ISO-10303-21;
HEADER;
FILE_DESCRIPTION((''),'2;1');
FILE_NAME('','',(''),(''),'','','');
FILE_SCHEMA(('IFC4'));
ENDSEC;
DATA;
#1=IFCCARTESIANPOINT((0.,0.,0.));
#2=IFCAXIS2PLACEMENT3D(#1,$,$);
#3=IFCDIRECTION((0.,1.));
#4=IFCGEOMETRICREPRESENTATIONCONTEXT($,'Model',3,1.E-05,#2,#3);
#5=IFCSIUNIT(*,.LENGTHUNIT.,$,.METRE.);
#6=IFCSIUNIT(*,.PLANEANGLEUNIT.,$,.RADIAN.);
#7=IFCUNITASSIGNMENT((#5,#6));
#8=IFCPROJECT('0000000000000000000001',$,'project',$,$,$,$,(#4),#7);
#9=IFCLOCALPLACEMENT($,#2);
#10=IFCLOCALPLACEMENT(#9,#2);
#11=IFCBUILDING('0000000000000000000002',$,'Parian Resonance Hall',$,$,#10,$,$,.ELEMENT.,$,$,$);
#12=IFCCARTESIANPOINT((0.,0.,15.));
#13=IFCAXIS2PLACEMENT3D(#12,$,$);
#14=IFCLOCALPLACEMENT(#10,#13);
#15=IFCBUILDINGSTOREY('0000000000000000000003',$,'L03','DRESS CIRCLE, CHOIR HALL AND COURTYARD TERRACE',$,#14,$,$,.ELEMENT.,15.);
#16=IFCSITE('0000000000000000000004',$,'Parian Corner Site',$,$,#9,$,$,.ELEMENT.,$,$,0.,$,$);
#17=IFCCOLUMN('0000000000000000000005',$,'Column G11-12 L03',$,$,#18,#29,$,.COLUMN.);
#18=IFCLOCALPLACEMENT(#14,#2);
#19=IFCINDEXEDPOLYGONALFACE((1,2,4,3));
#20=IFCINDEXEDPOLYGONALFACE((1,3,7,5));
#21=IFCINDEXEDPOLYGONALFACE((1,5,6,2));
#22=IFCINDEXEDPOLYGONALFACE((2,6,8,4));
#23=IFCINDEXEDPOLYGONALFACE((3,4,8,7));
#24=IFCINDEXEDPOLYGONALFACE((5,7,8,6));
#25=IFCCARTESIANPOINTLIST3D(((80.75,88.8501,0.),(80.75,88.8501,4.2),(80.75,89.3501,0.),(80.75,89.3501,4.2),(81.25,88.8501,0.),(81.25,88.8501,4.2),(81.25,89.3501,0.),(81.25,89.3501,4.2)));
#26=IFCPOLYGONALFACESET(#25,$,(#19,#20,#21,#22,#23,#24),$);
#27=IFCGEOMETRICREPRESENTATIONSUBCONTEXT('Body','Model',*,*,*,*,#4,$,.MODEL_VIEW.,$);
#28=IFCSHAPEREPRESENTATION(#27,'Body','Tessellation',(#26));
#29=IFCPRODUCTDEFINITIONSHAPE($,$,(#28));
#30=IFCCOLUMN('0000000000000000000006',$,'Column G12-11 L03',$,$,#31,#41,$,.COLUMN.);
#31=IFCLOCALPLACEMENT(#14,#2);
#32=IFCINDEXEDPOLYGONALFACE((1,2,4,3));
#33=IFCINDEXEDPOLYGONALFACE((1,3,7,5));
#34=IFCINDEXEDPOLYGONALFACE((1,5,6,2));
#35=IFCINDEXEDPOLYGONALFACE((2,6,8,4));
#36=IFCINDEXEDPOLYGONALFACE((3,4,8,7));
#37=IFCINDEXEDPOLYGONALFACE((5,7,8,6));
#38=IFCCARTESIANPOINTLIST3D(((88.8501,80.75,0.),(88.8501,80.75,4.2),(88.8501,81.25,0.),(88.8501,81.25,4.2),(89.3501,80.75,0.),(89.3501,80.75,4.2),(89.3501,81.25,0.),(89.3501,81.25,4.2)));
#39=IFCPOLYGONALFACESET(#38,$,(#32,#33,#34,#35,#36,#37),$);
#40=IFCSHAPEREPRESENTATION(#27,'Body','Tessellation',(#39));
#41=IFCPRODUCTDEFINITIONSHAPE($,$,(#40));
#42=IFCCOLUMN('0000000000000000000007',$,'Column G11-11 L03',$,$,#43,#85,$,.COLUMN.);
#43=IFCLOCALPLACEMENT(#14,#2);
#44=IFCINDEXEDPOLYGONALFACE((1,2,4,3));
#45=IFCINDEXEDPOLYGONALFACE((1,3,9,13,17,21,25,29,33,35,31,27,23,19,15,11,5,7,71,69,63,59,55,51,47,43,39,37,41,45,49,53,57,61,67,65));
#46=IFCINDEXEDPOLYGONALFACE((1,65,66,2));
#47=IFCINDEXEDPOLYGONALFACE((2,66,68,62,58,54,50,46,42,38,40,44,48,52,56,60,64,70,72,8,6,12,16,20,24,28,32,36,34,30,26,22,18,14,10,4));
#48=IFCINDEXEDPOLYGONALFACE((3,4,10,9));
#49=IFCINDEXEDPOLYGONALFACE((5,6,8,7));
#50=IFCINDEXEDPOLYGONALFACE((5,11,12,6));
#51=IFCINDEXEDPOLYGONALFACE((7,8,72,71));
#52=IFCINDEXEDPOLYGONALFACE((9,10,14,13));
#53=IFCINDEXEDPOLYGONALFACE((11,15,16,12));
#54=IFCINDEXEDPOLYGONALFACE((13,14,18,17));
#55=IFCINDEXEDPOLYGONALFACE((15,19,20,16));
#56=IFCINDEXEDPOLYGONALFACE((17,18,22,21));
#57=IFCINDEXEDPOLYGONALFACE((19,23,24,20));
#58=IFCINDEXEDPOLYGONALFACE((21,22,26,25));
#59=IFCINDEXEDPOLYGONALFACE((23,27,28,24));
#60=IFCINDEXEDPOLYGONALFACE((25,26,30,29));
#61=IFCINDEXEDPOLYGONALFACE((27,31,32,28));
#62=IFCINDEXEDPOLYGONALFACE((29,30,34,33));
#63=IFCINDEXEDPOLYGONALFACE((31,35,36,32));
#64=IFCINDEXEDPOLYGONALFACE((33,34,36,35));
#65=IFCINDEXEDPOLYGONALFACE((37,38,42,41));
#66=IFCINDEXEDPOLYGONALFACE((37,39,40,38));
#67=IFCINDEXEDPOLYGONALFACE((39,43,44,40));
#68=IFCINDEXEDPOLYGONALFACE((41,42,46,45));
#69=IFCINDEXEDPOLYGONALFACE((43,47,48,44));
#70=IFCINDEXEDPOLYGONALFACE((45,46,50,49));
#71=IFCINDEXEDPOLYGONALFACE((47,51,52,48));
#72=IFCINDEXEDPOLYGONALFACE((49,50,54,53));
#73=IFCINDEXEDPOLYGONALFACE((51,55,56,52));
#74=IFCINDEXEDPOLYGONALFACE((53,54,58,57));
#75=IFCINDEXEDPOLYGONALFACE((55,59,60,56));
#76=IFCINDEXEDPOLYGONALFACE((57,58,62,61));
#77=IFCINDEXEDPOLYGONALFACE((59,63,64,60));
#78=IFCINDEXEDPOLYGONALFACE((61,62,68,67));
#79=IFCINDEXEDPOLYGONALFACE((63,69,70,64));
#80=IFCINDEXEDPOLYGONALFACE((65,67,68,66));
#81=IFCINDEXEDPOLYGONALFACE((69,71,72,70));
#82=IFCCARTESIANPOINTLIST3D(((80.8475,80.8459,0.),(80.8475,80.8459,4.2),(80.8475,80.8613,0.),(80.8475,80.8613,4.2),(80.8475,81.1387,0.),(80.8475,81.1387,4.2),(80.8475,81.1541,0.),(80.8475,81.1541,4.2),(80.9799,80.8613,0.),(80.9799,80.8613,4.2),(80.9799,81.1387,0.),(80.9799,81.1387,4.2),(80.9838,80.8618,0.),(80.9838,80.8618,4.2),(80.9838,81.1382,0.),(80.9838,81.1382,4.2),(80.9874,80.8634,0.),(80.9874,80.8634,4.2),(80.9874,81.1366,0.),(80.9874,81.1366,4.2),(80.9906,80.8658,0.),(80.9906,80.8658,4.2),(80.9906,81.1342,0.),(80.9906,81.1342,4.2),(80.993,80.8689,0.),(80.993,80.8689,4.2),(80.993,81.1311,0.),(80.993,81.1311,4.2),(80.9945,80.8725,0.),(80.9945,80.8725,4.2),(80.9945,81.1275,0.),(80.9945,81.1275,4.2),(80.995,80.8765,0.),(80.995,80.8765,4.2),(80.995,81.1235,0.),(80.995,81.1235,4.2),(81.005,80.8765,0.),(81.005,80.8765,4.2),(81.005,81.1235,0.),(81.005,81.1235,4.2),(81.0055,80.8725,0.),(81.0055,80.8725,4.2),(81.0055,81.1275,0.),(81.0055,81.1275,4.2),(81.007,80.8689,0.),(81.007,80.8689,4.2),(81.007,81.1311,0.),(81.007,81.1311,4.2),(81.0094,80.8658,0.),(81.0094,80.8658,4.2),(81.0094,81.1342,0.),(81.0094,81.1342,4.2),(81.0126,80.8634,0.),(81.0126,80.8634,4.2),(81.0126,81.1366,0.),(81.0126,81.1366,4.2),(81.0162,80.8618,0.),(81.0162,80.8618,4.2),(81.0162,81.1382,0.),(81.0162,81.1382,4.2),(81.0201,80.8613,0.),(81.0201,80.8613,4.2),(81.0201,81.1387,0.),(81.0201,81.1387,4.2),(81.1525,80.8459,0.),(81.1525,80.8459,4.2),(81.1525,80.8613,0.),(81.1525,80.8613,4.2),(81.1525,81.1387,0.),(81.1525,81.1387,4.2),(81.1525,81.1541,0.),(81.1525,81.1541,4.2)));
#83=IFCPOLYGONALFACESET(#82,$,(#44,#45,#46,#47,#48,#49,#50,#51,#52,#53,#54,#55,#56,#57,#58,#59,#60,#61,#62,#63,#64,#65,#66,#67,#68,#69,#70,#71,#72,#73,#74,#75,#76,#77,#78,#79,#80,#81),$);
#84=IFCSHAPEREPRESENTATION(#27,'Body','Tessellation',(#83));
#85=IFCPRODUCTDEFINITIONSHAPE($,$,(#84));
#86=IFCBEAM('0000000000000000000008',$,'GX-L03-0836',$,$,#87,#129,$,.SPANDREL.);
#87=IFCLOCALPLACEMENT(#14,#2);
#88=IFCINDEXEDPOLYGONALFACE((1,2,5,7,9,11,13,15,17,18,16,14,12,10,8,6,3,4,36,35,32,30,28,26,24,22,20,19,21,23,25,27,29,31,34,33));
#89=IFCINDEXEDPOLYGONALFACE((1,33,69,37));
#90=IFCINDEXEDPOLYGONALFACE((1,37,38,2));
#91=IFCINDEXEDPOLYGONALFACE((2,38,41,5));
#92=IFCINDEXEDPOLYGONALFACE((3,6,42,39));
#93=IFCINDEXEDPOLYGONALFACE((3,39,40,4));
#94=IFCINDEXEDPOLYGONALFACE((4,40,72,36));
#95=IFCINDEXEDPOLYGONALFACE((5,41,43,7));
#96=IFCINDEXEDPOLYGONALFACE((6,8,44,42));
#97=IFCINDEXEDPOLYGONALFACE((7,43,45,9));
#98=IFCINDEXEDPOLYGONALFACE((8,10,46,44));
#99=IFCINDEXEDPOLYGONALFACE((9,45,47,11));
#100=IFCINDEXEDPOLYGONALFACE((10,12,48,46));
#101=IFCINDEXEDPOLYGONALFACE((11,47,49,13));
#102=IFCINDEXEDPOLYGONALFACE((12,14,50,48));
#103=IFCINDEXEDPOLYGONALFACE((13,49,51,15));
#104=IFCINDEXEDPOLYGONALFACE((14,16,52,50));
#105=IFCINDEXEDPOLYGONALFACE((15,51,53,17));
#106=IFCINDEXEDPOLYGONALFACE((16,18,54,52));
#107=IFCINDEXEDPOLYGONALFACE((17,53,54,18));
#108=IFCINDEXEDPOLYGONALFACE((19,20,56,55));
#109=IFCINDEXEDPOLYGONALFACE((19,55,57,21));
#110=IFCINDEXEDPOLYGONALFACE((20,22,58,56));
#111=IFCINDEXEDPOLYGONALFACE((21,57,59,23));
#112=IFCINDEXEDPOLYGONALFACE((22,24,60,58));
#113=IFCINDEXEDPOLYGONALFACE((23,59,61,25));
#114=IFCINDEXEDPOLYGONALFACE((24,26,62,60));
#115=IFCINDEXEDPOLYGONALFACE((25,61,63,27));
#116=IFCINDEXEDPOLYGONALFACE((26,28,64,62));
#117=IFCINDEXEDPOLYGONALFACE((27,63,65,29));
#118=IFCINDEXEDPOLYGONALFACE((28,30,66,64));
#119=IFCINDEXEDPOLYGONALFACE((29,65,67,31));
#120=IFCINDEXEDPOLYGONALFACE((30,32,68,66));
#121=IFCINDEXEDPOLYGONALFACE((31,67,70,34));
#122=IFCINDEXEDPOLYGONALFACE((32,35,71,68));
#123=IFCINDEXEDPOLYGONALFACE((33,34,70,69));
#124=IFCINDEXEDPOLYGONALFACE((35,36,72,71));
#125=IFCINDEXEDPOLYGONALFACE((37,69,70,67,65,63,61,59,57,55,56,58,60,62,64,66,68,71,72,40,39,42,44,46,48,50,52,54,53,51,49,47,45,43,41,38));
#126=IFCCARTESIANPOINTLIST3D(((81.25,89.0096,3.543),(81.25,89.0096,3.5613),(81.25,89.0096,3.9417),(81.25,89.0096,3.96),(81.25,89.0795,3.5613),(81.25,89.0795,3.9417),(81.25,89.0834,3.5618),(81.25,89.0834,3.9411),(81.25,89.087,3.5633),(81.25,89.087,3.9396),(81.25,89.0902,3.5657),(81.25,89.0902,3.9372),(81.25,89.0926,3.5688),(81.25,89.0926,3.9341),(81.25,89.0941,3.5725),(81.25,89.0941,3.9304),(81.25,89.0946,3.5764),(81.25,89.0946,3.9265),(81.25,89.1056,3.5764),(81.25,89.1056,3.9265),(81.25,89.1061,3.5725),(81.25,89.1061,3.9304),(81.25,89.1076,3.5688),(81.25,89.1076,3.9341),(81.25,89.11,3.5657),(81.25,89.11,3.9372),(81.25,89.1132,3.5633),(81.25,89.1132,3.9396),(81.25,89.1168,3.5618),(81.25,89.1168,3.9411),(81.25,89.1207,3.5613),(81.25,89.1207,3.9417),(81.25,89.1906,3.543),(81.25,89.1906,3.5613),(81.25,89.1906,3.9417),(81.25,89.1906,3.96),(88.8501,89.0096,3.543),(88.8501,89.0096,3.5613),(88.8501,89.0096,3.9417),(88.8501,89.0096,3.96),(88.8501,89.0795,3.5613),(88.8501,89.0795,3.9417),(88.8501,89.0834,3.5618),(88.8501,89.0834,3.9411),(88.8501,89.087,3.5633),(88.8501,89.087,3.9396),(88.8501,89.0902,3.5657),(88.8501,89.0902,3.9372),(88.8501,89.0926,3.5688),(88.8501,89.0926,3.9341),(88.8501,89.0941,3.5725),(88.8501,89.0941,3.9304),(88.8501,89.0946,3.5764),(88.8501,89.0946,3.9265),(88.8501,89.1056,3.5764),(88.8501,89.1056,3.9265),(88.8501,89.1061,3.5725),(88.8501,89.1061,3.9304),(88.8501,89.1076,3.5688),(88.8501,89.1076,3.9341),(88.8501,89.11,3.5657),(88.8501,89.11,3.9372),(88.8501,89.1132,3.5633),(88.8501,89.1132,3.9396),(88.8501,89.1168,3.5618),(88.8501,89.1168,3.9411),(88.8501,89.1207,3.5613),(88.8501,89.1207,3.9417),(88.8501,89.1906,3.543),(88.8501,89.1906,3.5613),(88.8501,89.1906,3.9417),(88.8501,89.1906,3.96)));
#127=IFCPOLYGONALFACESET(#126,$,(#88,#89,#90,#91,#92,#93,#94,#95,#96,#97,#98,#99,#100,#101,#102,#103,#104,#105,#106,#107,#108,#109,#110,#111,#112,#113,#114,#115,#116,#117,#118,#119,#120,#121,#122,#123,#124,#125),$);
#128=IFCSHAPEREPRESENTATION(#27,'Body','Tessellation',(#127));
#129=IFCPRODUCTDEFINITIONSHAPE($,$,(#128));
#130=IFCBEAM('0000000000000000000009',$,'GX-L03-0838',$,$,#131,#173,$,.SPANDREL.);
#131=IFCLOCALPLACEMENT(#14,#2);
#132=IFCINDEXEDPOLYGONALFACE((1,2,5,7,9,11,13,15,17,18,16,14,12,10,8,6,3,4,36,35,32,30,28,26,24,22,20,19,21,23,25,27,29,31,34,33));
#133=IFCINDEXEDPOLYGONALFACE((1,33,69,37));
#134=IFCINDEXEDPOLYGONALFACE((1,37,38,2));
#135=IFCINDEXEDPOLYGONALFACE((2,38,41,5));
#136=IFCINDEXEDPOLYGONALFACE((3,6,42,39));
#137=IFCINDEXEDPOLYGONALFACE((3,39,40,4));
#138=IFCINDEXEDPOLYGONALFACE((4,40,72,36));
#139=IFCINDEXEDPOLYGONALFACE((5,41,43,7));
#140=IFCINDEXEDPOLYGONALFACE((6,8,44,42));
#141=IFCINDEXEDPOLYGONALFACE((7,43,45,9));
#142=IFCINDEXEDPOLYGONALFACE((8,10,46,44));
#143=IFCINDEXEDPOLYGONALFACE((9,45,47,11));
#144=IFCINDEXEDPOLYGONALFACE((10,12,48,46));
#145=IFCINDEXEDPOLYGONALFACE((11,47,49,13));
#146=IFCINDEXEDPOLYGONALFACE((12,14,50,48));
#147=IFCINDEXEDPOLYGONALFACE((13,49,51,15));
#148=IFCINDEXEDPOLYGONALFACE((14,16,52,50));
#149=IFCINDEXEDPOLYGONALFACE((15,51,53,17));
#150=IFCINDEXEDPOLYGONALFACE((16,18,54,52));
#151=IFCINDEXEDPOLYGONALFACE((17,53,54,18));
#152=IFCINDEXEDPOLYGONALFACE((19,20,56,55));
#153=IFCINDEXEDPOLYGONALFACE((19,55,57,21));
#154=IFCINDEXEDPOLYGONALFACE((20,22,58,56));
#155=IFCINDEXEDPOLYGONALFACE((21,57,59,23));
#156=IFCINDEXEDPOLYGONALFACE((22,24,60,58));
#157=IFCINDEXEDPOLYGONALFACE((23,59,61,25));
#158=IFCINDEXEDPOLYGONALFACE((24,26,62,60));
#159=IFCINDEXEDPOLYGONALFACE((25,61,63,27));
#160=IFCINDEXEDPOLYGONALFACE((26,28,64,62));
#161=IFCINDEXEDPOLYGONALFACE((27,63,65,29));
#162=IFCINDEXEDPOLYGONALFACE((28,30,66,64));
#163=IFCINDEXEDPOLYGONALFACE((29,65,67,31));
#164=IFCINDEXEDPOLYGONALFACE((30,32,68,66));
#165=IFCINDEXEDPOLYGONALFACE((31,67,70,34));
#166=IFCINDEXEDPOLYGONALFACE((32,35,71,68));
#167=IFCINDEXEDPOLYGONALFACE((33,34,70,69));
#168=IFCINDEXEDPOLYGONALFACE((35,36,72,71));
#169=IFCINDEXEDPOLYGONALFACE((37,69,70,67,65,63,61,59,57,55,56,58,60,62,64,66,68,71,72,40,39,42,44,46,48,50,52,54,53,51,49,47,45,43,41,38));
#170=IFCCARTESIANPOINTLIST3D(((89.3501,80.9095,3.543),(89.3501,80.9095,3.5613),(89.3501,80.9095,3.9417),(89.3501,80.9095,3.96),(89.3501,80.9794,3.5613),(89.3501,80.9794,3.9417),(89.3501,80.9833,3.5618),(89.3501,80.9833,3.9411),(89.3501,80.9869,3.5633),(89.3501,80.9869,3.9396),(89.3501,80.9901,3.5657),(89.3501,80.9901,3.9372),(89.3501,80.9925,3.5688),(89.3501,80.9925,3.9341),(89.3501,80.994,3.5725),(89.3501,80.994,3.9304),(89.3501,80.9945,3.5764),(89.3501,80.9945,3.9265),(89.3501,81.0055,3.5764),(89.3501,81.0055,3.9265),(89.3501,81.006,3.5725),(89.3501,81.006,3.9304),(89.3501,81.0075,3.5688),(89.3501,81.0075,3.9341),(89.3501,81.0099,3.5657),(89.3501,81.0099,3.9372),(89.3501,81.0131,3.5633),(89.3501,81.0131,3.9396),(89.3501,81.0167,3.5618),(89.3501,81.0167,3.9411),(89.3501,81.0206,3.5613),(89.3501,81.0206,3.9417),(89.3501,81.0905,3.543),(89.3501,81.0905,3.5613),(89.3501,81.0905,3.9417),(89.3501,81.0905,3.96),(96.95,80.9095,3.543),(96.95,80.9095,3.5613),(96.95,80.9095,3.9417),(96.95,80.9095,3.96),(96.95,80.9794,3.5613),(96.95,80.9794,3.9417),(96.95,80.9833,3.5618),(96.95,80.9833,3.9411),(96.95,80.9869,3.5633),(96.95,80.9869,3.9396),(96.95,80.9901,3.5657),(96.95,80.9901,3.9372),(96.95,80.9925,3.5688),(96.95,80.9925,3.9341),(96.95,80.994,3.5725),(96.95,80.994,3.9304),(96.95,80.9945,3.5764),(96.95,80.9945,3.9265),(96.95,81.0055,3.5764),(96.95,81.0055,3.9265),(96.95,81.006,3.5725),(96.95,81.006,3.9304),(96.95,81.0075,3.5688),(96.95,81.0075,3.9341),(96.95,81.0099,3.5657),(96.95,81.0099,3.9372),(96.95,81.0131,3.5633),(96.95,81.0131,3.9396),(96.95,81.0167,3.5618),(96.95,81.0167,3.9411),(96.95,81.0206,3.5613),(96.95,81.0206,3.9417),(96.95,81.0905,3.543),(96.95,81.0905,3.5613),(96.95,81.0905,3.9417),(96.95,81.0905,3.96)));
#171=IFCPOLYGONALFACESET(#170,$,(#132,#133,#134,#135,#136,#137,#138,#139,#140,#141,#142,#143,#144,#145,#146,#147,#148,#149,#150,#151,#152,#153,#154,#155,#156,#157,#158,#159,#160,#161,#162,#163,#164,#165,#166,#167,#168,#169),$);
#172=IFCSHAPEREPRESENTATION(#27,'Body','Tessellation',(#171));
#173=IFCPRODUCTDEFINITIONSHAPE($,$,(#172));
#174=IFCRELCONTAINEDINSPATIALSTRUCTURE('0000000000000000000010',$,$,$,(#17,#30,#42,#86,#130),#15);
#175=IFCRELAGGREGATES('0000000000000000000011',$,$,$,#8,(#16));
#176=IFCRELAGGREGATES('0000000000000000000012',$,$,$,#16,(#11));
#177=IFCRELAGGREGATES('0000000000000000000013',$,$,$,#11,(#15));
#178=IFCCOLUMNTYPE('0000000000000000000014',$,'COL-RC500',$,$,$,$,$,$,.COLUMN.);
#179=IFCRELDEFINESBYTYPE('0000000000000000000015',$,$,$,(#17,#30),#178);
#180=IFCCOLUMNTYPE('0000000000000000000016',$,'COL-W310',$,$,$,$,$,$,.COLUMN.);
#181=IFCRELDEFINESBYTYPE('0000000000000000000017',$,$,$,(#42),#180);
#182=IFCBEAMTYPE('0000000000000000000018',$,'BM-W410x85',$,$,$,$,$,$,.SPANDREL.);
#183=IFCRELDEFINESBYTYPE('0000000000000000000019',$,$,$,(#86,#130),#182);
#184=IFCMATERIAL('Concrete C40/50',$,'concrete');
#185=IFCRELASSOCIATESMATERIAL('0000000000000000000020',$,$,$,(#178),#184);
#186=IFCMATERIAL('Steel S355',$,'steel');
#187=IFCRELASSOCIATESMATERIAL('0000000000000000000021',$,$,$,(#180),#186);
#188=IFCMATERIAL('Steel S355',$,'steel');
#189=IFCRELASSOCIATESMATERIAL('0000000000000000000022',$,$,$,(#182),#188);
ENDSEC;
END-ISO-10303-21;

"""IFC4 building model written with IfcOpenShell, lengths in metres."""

from ifc_helpers import new_model, si_unit, direction, frame, origin, origin_2d, place, context, subcontext, project, spatial, rectangle, i_section, extrude, material, material_profile, profile_set, type_object, element, save


model = new_model("IFC4")

# Units and contexts
model_context = context("Model", 3, precision=1e-05, world=origin(), true_north=direction((0.0, 1.0)))
body_context = subcontext(model_context, "Body", "Model", "MODEL_VIEW")
ifc_project = project(units=[si_unit("LENGTHUNIT", "METRE"), si_unit("PLANEANGLEUNIT", "RADIAN")], contexts=[model_context])

# Site, building, storey
site_placement = place(None, origin())
site = spatial("IfcSite", under=ifc_project, at=site_placement, Name="Parian Corner Site", CompositionType="ELEMENT", RefElevation=0.0)
building_placement = place(site_placement, origin())
building = spatial("IfcBuilding", under=site, at=building_placement, Name="Parian Resonance Hall", CompositionType="ELEMENT")
storey_placement = place(building_placement, frame((0.0, 0.0, 15.0)))
storey = spatial("IfcBuildingStorey", under=building, at=storey_placement, Name="L03", Description="DRESS CIRCLE, CHOIR HALL AND COURTYARD TERRACE", CompositionType="ELEMENT", Elevation=15.0)

# Columns
ifc_material_1 = material(Name="Concrete C40/50", Category="concrete")
ifc_material_profile_1 = material_profile(ifc_material_1, rectangle(XDim=0.5, YDim=0.5, at=origin_2d()), Name="RC-COL-500x500")
ifc_profile_set_1 = profile_set([ifc_material_profile_1], Name="Concrete C40/50")
column_type_1 = type_object("IfcColumnType", Name="COL-RC500", PredefinedType="COLUMN", material=ifc_profile_set_1)
for number, where, z_axis, x_axis, name in (
    (1, (81.0, 89.1001, 0.0), (0.0, 0.0, 1.0), (1.0, 0.0, 0.0), "Column G11-12 L03"),
    (2, (89.1001, 81.0, 0.0), (0.0, 0.0, 1.0), (1.0, 0.0, 0.0), "Column G12-11 L03"),
):
    element("IfcColumn", number, at=place(storey_placement, frame(where, z_axis=z_axis, x_axis=x_axis)), inside=storey, type_object=column_type_1, Name=name, PredefinedType="COLUMN", context=body_context, shape_type="SweptSolid", body=[
        extrude(rectangle(XDim=0.5, YDim=0.5, at=origin_2d()), origin(), (0.0, 0.0, 1.0), 4.2),
    ])
ifc_material_2 = material(Name="Steel S355", Category="steel")
ifc_material_profile_2 = material_profile(ifc_material_2, i_section(OverallWidth=0.3049, OverallDepth=0.3081, WebThickness=0.01, FlangeThickness=0.0154, FilletRadius=0.0151, at=origin_2d()), Name="W310x97")
ifc_profile_set_2 = profile_set([ifc_material_profile_2], Name="Steel S355")
column_type_2 = type_object("IfcColumnType", Name="COL-W310", PredefinedType="COLUMN", material=ifc_profile_set_2)
column_placement = place(storey_placement, frame((81.0, 81.0, 0.0), z_axis=(0.0, 0.0, 1.0), x_axis=(1.0, 0.0, 0.0)))
element("IfcColumn", 3, at=column_placement, inside=storey, type_object=column_type_2, Name="Column G11-11 L03", PredefinedType="COLUMN", context=body_context, shape_type="SweptSolid", body=[
    extrude(i_section(OverallWidth=0.3049, OverallDepth=0.3081, WebThickness=0.01, FlangeThickness=0.0154, FilletRadius=0.0151, at=origin_2d()), origin(), (0.0, 0.0, 1.0), 4.2),
])

# Beams
ifc_material_3 = material(Name="Steel S355", Category="steel")
ifc_material_profile_3 = material_profile(ifc_material_3, i_section(OverallWidth=0.1809, OverallDepth=0.417, WebThickness=0.011, FlangeThickness=0.0183, FilletRadius=0.0151, at=origin_2d()), Name="W410x85")
ifc_profile_set_3 = profile_set([ifc_material_profile_3], Name="Steel S355")
beam_type_1 = type_object("IfcBeamType", Name="BM-W410x85", PredefinedType="SPANDREL", material=ifc_profile_set_3)
beam_1_placement = place(storey_placement, frame((81.25, 89.1001, 3.7515), z_axis=(1.0, 0.0, 0.0), x_axis=(0.0, 1.0, 0.0)))
element("IfcBeam", 4, at=beam_1_placement, inside=storey, type_object=beam_type_1, Name="GX-L03-0836", PredefinedType="SPANDREL", context=body_context, shape_type="SweptSolid", body=[
    extrude(i_section(OverallWidth=0.1809, OverallDepth=0.417, WebThickness=0.011, FlangeThickness=0.0183, FilletRadius=0.0151, at=origin_2d()), origin(), (0.0, 0.0, 1.0), 7.6001),
])
beam_2_placement = place(storey_placement, frame((89.3501, 81.0, 3.7515), z_axis=(1.0, 0.0, 0.0), x_axis=(0.0, 1.0, 0.0)))
element("IfcBeam", 5, at=beam_2_placement, inside=storey, type_object=beam_type_1, Name="GX-L03-0838", PredefinedType="SPANDREL", context=body_context, shape_type="SweptSolid", body=[
    extrude(i_section(OverallWidth=0.1809, OverallDepth=0.417, WebThickness=0.011, FlangeThickness=0.0183, FilletRadius=0.0151, at=origin_2d()), origin(), (0.0, 0.0, 1.0), 7.5999),
])

save(model, "model.ifc")
